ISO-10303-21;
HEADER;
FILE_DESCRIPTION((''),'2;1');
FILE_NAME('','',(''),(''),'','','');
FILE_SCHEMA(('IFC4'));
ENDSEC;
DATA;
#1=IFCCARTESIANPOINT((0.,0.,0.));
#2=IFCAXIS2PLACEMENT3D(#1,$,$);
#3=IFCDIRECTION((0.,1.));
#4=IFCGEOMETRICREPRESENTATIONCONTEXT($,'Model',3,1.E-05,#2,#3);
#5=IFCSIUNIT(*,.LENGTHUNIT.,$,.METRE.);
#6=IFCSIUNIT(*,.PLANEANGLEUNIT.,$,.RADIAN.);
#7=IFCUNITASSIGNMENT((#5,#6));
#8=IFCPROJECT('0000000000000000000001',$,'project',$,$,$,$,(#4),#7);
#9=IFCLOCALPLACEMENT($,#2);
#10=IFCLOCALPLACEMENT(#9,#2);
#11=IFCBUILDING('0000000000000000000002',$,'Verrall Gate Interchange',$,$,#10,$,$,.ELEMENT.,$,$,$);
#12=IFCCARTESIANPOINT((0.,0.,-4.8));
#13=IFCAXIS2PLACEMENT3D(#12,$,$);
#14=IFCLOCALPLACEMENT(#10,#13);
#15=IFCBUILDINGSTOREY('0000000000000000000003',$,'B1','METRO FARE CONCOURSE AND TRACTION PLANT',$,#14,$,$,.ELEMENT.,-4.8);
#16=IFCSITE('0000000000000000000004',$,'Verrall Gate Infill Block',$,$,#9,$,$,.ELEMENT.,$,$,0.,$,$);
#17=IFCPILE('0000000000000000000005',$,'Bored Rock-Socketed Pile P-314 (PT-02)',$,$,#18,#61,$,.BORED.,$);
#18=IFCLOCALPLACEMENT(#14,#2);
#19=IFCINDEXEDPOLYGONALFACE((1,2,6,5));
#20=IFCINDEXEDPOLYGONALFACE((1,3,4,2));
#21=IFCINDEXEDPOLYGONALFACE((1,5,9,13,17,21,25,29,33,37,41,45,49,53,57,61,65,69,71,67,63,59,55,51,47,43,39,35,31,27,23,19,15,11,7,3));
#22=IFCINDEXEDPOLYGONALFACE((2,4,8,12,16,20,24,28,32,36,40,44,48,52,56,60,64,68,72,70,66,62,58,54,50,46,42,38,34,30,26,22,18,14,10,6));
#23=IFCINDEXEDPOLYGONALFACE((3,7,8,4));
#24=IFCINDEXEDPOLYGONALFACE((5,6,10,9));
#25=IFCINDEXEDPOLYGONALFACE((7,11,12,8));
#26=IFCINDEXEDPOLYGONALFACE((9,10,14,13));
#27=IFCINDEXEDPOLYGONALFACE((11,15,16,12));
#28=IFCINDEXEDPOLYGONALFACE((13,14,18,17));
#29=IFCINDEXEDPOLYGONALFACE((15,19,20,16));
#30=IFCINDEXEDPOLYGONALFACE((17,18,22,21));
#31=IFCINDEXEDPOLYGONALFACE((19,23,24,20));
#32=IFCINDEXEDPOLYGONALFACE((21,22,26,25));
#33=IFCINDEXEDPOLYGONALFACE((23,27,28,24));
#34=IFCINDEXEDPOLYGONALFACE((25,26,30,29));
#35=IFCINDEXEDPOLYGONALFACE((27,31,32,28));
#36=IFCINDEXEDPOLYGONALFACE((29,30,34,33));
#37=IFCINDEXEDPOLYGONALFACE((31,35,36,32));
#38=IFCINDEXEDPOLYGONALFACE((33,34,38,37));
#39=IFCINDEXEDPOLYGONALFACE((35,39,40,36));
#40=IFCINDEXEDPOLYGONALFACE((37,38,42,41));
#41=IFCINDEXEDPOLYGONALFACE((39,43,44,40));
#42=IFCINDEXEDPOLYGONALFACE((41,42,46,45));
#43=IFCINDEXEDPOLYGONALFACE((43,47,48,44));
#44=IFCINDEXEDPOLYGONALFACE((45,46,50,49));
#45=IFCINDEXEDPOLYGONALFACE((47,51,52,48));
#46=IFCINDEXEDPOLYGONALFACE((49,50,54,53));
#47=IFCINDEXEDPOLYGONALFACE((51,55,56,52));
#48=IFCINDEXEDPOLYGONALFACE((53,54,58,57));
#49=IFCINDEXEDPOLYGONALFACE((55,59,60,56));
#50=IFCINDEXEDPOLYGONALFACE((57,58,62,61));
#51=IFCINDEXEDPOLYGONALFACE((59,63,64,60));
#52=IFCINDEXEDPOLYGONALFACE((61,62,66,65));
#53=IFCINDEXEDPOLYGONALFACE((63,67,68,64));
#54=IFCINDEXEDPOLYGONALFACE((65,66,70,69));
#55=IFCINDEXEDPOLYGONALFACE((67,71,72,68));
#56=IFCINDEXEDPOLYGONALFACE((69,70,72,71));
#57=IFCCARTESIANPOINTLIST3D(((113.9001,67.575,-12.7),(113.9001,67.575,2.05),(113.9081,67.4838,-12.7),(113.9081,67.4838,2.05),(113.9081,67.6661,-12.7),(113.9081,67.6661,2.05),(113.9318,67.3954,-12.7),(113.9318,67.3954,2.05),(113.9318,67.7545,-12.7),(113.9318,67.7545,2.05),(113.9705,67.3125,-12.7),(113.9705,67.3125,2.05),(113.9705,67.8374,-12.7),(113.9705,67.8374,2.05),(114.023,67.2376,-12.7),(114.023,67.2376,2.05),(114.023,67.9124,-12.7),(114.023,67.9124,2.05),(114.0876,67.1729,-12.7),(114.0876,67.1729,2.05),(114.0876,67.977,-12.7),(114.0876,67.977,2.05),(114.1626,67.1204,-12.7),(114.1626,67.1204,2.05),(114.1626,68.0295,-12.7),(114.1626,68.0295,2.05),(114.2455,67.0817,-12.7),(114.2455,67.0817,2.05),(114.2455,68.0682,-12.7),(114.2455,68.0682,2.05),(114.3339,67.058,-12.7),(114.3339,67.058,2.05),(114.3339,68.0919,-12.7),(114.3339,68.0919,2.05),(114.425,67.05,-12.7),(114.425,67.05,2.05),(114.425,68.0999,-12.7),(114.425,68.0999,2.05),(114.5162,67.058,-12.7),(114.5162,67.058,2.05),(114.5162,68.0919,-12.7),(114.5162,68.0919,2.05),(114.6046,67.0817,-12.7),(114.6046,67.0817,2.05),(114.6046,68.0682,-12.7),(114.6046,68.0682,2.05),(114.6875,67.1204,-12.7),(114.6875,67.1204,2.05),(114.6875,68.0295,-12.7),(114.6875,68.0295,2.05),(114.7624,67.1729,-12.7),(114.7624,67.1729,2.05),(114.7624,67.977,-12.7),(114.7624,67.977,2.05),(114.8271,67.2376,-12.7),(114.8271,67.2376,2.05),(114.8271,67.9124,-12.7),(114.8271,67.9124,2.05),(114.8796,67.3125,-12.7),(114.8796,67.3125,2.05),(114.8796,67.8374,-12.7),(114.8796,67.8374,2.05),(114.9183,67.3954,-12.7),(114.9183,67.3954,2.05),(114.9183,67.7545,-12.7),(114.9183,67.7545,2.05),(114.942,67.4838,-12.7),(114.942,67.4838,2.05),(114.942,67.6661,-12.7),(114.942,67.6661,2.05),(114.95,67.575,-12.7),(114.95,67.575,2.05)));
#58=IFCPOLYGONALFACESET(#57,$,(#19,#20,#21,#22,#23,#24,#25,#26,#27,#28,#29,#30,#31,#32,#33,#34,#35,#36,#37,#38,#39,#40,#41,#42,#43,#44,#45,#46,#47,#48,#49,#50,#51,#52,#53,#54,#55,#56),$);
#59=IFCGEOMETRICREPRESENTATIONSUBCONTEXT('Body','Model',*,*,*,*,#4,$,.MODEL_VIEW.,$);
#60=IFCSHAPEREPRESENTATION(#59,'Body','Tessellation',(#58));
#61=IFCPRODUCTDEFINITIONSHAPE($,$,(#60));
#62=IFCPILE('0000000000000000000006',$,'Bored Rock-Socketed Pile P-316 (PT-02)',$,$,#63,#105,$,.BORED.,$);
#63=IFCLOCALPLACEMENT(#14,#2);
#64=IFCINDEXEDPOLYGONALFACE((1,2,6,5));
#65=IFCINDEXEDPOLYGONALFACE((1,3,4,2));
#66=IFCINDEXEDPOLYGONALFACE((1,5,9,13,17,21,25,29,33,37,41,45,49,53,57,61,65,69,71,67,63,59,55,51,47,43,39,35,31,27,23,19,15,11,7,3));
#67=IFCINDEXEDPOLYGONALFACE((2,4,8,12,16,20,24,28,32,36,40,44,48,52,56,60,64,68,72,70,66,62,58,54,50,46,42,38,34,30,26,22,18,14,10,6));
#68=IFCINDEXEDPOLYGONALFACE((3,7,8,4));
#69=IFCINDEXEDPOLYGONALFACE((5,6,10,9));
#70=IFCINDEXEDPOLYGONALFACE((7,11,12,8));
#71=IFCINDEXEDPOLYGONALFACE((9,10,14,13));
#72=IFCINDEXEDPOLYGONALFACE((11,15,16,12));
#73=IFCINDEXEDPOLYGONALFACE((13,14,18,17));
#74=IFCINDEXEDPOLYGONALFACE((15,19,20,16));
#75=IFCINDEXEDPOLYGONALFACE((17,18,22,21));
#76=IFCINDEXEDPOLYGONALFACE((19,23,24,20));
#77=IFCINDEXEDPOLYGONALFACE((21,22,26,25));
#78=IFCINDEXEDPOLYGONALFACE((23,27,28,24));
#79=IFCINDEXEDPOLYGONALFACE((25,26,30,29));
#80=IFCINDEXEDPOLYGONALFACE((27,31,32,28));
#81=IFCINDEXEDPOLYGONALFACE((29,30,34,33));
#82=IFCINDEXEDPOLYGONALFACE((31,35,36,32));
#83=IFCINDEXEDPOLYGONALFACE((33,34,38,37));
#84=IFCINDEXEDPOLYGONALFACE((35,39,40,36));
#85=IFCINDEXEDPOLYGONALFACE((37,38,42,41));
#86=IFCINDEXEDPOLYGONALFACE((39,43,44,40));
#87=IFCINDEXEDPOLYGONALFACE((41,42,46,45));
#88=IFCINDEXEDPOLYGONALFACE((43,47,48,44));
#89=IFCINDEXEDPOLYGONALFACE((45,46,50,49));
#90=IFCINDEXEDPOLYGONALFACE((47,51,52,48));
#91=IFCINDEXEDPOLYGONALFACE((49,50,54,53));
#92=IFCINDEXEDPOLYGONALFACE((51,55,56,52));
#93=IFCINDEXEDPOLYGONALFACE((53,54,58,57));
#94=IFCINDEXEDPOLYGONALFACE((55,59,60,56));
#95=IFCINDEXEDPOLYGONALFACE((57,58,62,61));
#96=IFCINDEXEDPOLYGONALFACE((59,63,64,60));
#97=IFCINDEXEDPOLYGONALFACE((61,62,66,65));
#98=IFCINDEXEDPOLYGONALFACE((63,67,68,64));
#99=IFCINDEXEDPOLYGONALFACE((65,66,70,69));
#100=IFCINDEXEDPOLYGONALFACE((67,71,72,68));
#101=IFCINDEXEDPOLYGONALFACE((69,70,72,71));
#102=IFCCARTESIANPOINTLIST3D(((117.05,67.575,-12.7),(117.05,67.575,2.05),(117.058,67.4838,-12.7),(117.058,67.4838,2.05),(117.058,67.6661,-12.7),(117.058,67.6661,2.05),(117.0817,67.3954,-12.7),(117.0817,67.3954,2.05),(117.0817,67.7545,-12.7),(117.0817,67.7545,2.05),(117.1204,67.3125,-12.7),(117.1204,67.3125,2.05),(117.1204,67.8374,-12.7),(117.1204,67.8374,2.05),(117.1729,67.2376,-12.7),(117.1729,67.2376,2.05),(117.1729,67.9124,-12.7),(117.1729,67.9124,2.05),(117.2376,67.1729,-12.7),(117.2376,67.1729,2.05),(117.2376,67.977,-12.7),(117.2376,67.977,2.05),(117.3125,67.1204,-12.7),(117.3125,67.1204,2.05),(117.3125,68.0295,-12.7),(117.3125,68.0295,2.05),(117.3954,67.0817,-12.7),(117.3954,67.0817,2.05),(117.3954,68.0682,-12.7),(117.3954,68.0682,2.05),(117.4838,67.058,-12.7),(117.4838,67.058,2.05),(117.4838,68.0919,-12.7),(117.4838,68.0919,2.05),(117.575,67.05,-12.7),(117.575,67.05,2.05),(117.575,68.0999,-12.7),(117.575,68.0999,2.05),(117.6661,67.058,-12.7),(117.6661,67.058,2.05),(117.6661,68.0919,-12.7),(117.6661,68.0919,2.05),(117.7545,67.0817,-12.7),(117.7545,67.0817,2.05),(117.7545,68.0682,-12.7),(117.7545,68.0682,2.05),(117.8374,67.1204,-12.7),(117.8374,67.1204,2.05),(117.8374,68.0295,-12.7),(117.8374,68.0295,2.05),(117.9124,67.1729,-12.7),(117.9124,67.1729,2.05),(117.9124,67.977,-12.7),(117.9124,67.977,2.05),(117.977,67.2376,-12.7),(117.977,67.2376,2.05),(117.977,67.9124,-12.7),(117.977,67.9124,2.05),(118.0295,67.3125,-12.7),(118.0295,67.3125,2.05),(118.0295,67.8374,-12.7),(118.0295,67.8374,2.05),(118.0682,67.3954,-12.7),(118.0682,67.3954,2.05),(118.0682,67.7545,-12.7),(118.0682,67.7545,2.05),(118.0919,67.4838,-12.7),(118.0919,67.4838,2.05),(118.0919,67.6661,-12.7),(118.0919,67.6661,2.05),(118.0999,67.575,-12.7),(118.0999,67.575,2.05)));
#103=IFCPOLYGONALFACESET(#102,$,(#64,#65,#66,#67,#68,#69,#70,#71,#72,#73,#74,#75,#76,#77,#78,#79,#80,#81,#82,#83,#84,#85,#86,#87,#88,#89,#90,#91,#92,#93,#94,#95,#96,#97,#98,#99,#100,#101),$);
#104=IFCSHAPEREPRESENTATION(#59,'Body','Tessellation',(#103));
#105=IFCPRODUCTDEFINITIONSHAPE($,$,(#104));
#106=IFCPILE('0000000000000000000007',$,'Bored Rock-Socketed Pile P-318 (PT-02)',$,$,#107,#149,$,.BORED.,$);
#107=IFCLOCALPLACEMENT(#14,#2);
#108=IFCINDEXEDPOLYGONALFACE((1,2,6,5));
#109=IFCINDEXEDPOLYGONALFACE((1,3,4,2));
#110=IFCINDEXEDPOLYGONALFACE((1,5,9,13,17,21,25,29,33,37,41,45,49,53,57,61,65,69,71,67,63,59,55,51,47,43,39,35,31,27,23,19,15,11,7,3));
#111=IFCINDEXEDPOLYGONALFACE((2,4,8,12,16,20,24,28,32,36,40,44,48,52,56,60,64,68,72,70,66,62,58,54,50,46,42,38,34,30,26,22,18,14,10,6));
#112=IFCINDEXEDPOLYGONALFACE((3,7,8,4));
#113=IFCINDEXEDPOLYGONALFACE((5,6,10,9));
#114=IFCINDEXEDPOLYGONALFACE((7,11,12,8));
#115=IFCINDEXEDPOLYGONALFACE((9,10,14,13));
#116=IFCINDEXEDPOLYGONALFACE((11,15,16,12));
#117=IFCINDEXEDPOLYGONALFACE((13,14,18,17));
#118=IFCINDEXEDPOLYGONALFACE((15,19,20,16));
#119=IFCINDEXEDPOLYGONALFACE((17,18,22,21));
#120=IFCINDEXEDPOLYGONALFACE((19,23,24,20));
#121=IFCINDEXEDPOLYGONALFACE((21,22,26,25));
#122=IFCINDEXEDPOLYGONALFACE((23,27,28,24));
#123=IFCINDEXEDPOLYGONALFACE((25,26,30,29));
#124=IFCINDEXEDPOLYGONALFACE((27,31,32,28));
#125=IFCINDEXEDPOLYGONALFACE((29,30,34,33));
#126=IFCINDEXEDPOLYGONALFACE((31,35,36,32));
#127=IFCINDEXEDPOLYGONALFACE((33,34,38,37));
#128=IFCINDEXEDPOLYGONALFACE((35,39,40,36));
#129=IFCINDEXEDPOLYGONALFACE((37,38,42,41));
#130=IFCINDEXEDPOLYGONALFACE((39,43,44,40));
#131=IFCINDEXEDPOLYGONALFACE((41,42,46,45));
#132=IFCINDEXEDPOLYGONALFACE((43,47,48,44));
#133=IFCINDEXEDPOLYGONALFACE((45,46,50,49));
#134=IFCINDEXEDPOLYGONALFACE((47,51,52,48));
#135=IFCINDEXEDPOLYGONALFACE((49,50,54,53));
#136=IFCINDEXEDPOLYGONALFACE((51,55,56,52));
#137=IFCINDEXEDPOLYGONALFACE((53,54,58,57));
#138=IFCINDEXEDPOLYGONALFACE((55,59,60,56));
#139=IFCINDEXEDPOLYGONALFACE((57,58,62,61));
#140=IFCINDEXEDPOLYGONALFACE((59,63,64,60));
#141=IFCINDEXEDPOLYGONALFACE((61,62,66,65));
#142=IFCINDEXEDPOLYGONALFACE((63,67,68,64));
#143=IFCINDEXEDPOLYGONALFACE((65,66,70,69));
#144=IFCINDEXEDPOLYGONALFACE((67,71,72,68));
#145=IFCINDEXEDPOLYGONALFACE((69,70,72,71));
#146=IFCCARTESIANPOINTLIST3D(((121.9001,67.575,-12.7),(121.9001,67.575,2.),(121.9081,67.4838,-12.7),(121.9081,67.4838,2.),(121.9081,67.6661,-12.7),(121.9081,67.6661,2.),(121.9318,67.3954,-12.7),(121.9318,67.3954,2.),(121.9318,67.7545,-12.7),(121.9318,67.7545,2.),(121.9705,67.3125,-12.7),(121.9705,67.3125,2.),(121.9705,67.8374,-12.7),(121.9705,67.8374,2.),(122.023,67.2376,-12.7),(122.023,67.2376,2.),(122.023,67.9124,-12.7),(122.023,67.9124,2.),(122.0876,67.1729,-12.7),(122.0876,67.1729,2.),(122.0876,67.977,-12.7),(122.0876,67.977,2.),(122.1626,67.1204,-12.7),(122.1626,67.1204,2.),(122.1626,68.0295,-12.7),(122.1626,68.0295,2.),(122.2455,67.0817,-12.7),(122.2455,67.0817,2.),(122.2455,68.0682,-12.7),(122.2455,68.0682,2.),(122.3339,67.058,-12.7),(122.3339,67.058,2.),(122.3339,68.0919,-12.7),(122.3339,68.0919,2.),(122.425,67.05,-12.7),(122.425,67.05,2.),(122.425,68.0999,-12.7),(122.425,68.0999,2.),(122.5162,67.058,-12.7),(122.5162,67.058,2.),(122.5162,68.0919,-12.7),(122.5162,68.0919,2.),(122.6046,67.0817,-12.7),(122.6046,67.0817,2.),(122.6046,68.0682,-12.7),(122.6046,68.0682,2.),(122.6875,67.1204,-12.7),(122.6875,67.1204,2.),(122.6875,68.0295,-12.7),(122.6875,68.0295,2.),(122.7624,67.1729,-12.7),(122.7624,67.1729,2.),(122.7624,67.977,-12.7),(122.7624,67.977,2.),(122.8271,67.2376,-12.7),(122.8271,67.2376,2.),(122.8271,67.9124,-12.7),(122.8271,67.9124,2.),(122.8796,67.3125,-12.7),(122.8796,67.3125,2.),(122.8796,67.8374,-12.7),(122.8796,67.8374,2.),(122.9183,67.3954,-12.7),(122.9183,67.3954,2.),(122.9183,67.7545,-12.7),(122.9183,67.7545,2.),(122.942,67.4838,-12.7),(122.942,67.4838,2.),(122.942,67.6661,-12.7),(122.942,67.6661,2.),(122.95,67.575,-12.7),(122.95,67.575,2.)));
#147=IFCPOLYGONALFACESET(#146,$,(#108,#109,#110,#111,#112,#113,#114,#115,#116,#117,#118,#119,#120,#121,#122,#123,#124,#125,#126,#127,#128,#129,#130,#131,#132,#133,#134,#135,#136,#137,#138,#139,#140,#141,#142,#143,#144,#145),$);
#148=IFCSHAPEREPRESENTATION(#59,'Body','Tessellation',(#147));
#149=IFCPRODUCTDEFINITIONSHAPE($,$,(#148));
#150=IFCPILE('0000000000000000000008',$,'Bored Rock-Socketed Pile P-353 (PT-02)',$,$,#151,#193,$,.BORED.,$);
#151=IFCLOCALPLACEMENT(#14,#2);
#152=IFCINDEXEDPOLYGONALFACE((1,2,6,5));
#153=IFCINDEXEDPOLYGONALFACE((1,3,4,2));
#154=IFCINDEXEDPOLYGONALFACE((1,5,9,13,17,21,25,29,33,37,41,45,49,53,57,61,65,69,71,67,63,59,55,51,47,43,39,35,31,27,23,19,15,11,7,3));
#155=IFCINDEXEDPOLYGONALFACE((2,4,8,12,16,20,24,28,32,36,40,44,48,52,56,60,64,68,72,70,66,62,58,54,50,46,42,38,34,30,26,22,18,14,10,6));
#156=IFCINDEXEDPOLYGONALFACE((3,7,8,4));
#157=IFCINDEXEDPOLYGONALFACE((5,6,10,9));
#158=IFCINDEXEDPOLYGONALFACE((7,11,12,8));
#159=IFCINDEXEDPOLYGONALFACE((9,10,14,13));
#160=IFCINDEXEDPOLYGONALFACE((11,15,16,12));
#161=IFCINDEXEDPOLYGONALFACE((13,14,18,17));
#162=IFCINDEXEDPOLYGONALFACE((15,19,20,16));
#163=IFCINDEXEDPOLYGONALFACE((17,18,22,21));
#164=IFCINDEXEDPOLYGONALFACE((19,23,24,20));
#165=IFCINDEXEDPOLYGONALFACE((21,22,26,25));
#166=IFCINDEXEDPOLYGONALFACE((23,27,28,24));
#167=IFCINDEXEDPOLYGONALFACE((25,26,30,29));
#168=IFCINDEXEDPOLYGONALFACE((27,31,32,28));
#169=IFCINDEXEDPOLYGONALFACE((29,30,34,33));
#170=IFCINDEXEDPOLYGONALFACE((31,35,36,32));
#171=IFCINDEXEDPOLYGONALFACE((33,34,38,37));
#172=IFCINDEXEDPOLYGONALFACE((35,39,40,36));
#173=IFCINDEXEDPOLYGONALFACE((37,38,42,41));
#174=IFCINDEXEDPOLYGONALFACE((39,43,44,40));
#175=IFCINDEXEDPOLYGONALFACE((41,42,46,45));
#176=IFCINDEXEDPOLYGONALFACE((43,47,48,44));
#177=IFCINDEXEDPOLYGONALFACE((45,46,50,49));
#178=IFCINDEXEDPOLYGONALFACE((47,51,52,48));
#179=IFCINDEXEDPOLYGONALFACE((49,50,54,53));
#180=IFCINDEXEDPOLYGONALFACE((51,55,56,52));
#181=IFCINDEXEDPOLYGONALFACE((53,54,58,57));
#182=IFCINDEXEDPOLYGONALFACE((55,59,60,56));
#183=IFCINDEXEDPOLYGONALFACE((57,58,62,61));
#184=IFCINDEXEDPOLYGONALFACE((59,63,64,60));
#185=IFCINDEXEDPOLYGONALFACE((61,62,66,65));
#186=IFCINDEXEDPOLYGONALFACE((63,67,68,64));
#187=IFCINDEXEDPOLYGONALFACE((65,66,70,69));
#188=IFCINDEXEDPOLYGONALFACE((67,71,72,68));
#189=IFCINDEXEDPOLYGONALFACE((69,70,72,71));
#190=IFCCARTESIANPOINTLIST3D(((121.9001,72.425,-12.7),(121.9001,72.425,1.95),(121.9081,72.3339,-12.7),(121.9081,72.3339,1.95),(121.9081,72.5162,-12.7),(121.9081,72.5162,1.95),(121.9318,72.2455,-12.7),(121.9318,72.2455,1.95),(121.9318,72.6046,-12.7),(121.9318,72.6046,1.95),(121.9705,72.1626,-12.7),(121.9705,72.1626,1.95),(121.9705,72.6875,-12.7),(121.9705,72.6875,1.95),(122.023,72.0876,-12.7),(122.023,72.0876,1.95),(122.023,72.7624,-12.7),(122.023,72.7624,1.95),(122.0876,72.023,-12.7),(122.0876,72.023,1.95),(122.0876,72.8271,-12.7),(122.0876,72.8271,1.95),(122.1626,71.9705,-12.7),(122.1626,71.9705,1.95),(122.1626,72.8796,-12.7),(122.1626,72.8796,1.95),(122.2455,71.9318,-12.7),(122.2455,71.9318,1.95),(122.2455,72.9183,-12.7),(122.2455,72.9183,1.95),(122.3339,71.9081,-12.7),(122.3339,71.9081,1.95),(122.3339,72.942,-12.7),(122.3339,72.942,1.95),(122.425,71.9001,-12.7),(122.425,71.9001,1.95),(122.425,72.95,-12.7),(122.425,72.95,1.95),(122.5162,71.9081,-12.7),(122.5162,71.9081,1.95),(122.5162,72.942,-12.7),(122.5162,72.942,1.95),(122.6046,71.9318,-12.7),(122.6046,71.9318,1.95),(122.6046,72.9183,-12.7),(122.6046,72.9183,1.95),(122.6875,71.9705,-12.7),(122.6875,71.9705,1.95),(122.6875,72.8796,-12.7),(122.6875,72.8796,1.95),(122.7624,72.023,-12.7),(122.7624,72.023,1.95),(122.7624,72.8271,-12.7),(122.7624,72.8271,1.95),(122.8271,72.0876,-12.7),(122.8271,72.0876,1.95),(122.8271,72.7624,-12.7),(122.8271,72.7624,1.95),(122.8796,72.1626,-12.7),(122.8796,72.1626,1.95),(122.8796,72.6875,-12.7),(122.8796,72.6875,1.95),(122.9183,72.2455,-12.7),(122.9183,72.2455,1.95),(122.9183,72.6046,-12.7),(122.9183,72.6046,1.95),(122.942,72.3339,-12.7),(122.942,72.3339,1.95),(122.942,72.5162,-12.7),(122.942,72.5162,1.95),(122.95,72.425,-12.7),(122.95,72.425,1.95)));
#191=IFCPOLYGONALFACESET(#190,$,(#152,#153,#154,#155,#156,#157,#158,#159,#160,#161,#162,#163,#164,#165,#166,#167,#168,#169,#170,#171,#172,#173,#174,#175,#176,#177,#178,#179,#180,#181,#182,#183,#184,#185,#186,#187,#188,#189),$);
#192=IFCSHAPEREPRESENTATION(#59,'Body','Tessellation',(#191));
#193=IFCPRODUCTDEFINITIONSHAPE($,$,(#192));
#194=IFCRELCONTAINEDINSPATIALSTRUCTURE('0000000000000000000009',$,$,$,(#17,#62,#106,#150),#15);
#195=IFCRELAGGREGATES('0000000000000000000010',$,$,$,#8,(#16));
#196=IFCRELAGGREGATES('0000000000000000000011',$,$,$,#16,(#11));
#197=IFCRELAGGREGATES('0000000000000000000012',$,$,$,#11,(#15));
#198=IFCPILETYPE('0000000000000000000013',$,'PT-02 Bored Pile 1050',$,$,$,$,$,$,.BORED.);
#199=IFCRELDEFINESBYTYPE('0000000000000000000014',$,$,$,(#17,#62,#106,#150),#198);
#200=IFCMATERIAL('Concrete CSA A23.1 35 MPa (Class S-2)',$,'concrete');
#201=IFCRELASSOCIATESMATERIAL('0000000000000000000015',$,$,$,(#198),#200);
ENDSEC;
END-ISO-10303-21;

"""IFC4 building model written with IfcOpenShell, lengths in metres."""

from ifc_helpers import new_model, si_unit, direction, frame, origin, origin_2d, place, context, subcontext, project, spatial, circle, extrude, material, material_profile, profile_set, type_object, element, save


model = new_model("IFC4")

# Units and contexts
model_context = context("Model", 3, precision=1e-05, world=origin(), true_north=direction((0.0, 1.0)))
body_context = subcontext(model_context, "Body", "Model", "MODEL_VIEW")
ifc_project = project(units=[si_unit("LENGTHUNIT", "METRE"), si_unit("PLANEANGLEUNIT", "RADIAN")], contexts=[model_context])

# Site, building, storey
site_placement = place(None, origin())
site = spatial("IfcSite", under=ifc_project, at=site_placement, Name="Verrall Gate Infill Block", CompositionType="ELEMENT", RefElevation=0.0)
building_placement = place(site_placement, origin())
building = spatial("IfcBuilding", under=site, at=building_placement, Name="Verrall Gate Interchange", CompositionType="ELEMENT")
storey_placement = place(building_placement, frame((0.0, 0.0, -4.8)))
storey = spatial("IfcBuildingStorey", under=building, at=storey_placement, Name="B1", Description="METRO FARE CONCOURSE AND TRACTION PLANT", CompositionType="ELEMENT", Elevation=-4.8)

# Piles
ifc_material_1 = material(Name="Concrete CSA A23.1 35 MPa (Class S-2)", Category="concrete")
ifc_material_profile_1 = material_profile(ifc_material_1, circle(Radius=0.5249, at=origin_2d()), Name="PILE1050D")
ifc_profile_set_1 = profile_set([ifc_material_profile_1], Name="Concrete CSA A23.1 35 MPa (Class S-2)")
pile_type_1 = type_object("IfcPileType", Name="PT-02 Bored Pile 1050", PredefinedType="BORED", material=ifc_profile_set_1)
for number, where, z_axis, x_axis, name in (
    (1, (114.425, 67.575, 2.05), (0.0, 0.0, -1.0), (1.0, 0.0, 0.0), "Bored Rock-Socketed Pile P-314 (PT-02)"),
    (2, (117.575, 67.575, 2.05), (0.0, 0.0, -1.0), (1.0, 0.0, 0.0), "Bored Rock-Socketed Pile P-316 (PT-02)"),
):
    element("IfcPile", number, at=place(storey_placement, frame(where, z_axis=z_axis, x_axis=x_axis)), inside=storey, type_object=pile_type_1, Name=name, PredefinedType="BORED", context=body_context, shape_type="SweptSolid", body=[
        extrude(circle(Radius=0.5249, at=origin_2d()), origin(), (0.0, 0.0, 1.0), 14.75),
    ])
pile_1_placement = place(storey_placement, frame((122.425, 67.575, 2.0), z_axis=(0.0, 0.0, -1.0), x_axis=(1.0, 0.0, 0.0)))
element("IfcPile", 3, at=pile_1_placement, inside=storey, type_object=pile_type_1, Name="Bored Rock-Socketed Pile P-318 (PT-02)", PredefinedType="BORED", context=body_context, shape_type="SweptSolid", body=[
    extrude(circle(Radius=0.5249, at=origin_2d()), origin(), (0.0, 0.0, 1.0), 14.7),
])
for number, where, z_axis, x_axis, name in (
    (4, (122.425, 72.425, 1.95), (0.0, 0.0, -1.0), (1.0, 0.0, 0.0), "Bored Rock-Socketed Pile P-353 (PT-02)"),
):
    element("IfcPile", number, at=place(storey_placement, frame(where, z_axis=z_axis, x_axis=x_axis)), inside=storey, type_object=pile_type_1, Name=name, PredefinedType="BORED", context=body_context, shape_type="SweptSolid", body=[
        extrude(circle(Radius=0.5249, at=origin_2d()), origin(), (0.0, 0.0, 1.0), 14.6499),
    ])

save(model, "model.ifc")
